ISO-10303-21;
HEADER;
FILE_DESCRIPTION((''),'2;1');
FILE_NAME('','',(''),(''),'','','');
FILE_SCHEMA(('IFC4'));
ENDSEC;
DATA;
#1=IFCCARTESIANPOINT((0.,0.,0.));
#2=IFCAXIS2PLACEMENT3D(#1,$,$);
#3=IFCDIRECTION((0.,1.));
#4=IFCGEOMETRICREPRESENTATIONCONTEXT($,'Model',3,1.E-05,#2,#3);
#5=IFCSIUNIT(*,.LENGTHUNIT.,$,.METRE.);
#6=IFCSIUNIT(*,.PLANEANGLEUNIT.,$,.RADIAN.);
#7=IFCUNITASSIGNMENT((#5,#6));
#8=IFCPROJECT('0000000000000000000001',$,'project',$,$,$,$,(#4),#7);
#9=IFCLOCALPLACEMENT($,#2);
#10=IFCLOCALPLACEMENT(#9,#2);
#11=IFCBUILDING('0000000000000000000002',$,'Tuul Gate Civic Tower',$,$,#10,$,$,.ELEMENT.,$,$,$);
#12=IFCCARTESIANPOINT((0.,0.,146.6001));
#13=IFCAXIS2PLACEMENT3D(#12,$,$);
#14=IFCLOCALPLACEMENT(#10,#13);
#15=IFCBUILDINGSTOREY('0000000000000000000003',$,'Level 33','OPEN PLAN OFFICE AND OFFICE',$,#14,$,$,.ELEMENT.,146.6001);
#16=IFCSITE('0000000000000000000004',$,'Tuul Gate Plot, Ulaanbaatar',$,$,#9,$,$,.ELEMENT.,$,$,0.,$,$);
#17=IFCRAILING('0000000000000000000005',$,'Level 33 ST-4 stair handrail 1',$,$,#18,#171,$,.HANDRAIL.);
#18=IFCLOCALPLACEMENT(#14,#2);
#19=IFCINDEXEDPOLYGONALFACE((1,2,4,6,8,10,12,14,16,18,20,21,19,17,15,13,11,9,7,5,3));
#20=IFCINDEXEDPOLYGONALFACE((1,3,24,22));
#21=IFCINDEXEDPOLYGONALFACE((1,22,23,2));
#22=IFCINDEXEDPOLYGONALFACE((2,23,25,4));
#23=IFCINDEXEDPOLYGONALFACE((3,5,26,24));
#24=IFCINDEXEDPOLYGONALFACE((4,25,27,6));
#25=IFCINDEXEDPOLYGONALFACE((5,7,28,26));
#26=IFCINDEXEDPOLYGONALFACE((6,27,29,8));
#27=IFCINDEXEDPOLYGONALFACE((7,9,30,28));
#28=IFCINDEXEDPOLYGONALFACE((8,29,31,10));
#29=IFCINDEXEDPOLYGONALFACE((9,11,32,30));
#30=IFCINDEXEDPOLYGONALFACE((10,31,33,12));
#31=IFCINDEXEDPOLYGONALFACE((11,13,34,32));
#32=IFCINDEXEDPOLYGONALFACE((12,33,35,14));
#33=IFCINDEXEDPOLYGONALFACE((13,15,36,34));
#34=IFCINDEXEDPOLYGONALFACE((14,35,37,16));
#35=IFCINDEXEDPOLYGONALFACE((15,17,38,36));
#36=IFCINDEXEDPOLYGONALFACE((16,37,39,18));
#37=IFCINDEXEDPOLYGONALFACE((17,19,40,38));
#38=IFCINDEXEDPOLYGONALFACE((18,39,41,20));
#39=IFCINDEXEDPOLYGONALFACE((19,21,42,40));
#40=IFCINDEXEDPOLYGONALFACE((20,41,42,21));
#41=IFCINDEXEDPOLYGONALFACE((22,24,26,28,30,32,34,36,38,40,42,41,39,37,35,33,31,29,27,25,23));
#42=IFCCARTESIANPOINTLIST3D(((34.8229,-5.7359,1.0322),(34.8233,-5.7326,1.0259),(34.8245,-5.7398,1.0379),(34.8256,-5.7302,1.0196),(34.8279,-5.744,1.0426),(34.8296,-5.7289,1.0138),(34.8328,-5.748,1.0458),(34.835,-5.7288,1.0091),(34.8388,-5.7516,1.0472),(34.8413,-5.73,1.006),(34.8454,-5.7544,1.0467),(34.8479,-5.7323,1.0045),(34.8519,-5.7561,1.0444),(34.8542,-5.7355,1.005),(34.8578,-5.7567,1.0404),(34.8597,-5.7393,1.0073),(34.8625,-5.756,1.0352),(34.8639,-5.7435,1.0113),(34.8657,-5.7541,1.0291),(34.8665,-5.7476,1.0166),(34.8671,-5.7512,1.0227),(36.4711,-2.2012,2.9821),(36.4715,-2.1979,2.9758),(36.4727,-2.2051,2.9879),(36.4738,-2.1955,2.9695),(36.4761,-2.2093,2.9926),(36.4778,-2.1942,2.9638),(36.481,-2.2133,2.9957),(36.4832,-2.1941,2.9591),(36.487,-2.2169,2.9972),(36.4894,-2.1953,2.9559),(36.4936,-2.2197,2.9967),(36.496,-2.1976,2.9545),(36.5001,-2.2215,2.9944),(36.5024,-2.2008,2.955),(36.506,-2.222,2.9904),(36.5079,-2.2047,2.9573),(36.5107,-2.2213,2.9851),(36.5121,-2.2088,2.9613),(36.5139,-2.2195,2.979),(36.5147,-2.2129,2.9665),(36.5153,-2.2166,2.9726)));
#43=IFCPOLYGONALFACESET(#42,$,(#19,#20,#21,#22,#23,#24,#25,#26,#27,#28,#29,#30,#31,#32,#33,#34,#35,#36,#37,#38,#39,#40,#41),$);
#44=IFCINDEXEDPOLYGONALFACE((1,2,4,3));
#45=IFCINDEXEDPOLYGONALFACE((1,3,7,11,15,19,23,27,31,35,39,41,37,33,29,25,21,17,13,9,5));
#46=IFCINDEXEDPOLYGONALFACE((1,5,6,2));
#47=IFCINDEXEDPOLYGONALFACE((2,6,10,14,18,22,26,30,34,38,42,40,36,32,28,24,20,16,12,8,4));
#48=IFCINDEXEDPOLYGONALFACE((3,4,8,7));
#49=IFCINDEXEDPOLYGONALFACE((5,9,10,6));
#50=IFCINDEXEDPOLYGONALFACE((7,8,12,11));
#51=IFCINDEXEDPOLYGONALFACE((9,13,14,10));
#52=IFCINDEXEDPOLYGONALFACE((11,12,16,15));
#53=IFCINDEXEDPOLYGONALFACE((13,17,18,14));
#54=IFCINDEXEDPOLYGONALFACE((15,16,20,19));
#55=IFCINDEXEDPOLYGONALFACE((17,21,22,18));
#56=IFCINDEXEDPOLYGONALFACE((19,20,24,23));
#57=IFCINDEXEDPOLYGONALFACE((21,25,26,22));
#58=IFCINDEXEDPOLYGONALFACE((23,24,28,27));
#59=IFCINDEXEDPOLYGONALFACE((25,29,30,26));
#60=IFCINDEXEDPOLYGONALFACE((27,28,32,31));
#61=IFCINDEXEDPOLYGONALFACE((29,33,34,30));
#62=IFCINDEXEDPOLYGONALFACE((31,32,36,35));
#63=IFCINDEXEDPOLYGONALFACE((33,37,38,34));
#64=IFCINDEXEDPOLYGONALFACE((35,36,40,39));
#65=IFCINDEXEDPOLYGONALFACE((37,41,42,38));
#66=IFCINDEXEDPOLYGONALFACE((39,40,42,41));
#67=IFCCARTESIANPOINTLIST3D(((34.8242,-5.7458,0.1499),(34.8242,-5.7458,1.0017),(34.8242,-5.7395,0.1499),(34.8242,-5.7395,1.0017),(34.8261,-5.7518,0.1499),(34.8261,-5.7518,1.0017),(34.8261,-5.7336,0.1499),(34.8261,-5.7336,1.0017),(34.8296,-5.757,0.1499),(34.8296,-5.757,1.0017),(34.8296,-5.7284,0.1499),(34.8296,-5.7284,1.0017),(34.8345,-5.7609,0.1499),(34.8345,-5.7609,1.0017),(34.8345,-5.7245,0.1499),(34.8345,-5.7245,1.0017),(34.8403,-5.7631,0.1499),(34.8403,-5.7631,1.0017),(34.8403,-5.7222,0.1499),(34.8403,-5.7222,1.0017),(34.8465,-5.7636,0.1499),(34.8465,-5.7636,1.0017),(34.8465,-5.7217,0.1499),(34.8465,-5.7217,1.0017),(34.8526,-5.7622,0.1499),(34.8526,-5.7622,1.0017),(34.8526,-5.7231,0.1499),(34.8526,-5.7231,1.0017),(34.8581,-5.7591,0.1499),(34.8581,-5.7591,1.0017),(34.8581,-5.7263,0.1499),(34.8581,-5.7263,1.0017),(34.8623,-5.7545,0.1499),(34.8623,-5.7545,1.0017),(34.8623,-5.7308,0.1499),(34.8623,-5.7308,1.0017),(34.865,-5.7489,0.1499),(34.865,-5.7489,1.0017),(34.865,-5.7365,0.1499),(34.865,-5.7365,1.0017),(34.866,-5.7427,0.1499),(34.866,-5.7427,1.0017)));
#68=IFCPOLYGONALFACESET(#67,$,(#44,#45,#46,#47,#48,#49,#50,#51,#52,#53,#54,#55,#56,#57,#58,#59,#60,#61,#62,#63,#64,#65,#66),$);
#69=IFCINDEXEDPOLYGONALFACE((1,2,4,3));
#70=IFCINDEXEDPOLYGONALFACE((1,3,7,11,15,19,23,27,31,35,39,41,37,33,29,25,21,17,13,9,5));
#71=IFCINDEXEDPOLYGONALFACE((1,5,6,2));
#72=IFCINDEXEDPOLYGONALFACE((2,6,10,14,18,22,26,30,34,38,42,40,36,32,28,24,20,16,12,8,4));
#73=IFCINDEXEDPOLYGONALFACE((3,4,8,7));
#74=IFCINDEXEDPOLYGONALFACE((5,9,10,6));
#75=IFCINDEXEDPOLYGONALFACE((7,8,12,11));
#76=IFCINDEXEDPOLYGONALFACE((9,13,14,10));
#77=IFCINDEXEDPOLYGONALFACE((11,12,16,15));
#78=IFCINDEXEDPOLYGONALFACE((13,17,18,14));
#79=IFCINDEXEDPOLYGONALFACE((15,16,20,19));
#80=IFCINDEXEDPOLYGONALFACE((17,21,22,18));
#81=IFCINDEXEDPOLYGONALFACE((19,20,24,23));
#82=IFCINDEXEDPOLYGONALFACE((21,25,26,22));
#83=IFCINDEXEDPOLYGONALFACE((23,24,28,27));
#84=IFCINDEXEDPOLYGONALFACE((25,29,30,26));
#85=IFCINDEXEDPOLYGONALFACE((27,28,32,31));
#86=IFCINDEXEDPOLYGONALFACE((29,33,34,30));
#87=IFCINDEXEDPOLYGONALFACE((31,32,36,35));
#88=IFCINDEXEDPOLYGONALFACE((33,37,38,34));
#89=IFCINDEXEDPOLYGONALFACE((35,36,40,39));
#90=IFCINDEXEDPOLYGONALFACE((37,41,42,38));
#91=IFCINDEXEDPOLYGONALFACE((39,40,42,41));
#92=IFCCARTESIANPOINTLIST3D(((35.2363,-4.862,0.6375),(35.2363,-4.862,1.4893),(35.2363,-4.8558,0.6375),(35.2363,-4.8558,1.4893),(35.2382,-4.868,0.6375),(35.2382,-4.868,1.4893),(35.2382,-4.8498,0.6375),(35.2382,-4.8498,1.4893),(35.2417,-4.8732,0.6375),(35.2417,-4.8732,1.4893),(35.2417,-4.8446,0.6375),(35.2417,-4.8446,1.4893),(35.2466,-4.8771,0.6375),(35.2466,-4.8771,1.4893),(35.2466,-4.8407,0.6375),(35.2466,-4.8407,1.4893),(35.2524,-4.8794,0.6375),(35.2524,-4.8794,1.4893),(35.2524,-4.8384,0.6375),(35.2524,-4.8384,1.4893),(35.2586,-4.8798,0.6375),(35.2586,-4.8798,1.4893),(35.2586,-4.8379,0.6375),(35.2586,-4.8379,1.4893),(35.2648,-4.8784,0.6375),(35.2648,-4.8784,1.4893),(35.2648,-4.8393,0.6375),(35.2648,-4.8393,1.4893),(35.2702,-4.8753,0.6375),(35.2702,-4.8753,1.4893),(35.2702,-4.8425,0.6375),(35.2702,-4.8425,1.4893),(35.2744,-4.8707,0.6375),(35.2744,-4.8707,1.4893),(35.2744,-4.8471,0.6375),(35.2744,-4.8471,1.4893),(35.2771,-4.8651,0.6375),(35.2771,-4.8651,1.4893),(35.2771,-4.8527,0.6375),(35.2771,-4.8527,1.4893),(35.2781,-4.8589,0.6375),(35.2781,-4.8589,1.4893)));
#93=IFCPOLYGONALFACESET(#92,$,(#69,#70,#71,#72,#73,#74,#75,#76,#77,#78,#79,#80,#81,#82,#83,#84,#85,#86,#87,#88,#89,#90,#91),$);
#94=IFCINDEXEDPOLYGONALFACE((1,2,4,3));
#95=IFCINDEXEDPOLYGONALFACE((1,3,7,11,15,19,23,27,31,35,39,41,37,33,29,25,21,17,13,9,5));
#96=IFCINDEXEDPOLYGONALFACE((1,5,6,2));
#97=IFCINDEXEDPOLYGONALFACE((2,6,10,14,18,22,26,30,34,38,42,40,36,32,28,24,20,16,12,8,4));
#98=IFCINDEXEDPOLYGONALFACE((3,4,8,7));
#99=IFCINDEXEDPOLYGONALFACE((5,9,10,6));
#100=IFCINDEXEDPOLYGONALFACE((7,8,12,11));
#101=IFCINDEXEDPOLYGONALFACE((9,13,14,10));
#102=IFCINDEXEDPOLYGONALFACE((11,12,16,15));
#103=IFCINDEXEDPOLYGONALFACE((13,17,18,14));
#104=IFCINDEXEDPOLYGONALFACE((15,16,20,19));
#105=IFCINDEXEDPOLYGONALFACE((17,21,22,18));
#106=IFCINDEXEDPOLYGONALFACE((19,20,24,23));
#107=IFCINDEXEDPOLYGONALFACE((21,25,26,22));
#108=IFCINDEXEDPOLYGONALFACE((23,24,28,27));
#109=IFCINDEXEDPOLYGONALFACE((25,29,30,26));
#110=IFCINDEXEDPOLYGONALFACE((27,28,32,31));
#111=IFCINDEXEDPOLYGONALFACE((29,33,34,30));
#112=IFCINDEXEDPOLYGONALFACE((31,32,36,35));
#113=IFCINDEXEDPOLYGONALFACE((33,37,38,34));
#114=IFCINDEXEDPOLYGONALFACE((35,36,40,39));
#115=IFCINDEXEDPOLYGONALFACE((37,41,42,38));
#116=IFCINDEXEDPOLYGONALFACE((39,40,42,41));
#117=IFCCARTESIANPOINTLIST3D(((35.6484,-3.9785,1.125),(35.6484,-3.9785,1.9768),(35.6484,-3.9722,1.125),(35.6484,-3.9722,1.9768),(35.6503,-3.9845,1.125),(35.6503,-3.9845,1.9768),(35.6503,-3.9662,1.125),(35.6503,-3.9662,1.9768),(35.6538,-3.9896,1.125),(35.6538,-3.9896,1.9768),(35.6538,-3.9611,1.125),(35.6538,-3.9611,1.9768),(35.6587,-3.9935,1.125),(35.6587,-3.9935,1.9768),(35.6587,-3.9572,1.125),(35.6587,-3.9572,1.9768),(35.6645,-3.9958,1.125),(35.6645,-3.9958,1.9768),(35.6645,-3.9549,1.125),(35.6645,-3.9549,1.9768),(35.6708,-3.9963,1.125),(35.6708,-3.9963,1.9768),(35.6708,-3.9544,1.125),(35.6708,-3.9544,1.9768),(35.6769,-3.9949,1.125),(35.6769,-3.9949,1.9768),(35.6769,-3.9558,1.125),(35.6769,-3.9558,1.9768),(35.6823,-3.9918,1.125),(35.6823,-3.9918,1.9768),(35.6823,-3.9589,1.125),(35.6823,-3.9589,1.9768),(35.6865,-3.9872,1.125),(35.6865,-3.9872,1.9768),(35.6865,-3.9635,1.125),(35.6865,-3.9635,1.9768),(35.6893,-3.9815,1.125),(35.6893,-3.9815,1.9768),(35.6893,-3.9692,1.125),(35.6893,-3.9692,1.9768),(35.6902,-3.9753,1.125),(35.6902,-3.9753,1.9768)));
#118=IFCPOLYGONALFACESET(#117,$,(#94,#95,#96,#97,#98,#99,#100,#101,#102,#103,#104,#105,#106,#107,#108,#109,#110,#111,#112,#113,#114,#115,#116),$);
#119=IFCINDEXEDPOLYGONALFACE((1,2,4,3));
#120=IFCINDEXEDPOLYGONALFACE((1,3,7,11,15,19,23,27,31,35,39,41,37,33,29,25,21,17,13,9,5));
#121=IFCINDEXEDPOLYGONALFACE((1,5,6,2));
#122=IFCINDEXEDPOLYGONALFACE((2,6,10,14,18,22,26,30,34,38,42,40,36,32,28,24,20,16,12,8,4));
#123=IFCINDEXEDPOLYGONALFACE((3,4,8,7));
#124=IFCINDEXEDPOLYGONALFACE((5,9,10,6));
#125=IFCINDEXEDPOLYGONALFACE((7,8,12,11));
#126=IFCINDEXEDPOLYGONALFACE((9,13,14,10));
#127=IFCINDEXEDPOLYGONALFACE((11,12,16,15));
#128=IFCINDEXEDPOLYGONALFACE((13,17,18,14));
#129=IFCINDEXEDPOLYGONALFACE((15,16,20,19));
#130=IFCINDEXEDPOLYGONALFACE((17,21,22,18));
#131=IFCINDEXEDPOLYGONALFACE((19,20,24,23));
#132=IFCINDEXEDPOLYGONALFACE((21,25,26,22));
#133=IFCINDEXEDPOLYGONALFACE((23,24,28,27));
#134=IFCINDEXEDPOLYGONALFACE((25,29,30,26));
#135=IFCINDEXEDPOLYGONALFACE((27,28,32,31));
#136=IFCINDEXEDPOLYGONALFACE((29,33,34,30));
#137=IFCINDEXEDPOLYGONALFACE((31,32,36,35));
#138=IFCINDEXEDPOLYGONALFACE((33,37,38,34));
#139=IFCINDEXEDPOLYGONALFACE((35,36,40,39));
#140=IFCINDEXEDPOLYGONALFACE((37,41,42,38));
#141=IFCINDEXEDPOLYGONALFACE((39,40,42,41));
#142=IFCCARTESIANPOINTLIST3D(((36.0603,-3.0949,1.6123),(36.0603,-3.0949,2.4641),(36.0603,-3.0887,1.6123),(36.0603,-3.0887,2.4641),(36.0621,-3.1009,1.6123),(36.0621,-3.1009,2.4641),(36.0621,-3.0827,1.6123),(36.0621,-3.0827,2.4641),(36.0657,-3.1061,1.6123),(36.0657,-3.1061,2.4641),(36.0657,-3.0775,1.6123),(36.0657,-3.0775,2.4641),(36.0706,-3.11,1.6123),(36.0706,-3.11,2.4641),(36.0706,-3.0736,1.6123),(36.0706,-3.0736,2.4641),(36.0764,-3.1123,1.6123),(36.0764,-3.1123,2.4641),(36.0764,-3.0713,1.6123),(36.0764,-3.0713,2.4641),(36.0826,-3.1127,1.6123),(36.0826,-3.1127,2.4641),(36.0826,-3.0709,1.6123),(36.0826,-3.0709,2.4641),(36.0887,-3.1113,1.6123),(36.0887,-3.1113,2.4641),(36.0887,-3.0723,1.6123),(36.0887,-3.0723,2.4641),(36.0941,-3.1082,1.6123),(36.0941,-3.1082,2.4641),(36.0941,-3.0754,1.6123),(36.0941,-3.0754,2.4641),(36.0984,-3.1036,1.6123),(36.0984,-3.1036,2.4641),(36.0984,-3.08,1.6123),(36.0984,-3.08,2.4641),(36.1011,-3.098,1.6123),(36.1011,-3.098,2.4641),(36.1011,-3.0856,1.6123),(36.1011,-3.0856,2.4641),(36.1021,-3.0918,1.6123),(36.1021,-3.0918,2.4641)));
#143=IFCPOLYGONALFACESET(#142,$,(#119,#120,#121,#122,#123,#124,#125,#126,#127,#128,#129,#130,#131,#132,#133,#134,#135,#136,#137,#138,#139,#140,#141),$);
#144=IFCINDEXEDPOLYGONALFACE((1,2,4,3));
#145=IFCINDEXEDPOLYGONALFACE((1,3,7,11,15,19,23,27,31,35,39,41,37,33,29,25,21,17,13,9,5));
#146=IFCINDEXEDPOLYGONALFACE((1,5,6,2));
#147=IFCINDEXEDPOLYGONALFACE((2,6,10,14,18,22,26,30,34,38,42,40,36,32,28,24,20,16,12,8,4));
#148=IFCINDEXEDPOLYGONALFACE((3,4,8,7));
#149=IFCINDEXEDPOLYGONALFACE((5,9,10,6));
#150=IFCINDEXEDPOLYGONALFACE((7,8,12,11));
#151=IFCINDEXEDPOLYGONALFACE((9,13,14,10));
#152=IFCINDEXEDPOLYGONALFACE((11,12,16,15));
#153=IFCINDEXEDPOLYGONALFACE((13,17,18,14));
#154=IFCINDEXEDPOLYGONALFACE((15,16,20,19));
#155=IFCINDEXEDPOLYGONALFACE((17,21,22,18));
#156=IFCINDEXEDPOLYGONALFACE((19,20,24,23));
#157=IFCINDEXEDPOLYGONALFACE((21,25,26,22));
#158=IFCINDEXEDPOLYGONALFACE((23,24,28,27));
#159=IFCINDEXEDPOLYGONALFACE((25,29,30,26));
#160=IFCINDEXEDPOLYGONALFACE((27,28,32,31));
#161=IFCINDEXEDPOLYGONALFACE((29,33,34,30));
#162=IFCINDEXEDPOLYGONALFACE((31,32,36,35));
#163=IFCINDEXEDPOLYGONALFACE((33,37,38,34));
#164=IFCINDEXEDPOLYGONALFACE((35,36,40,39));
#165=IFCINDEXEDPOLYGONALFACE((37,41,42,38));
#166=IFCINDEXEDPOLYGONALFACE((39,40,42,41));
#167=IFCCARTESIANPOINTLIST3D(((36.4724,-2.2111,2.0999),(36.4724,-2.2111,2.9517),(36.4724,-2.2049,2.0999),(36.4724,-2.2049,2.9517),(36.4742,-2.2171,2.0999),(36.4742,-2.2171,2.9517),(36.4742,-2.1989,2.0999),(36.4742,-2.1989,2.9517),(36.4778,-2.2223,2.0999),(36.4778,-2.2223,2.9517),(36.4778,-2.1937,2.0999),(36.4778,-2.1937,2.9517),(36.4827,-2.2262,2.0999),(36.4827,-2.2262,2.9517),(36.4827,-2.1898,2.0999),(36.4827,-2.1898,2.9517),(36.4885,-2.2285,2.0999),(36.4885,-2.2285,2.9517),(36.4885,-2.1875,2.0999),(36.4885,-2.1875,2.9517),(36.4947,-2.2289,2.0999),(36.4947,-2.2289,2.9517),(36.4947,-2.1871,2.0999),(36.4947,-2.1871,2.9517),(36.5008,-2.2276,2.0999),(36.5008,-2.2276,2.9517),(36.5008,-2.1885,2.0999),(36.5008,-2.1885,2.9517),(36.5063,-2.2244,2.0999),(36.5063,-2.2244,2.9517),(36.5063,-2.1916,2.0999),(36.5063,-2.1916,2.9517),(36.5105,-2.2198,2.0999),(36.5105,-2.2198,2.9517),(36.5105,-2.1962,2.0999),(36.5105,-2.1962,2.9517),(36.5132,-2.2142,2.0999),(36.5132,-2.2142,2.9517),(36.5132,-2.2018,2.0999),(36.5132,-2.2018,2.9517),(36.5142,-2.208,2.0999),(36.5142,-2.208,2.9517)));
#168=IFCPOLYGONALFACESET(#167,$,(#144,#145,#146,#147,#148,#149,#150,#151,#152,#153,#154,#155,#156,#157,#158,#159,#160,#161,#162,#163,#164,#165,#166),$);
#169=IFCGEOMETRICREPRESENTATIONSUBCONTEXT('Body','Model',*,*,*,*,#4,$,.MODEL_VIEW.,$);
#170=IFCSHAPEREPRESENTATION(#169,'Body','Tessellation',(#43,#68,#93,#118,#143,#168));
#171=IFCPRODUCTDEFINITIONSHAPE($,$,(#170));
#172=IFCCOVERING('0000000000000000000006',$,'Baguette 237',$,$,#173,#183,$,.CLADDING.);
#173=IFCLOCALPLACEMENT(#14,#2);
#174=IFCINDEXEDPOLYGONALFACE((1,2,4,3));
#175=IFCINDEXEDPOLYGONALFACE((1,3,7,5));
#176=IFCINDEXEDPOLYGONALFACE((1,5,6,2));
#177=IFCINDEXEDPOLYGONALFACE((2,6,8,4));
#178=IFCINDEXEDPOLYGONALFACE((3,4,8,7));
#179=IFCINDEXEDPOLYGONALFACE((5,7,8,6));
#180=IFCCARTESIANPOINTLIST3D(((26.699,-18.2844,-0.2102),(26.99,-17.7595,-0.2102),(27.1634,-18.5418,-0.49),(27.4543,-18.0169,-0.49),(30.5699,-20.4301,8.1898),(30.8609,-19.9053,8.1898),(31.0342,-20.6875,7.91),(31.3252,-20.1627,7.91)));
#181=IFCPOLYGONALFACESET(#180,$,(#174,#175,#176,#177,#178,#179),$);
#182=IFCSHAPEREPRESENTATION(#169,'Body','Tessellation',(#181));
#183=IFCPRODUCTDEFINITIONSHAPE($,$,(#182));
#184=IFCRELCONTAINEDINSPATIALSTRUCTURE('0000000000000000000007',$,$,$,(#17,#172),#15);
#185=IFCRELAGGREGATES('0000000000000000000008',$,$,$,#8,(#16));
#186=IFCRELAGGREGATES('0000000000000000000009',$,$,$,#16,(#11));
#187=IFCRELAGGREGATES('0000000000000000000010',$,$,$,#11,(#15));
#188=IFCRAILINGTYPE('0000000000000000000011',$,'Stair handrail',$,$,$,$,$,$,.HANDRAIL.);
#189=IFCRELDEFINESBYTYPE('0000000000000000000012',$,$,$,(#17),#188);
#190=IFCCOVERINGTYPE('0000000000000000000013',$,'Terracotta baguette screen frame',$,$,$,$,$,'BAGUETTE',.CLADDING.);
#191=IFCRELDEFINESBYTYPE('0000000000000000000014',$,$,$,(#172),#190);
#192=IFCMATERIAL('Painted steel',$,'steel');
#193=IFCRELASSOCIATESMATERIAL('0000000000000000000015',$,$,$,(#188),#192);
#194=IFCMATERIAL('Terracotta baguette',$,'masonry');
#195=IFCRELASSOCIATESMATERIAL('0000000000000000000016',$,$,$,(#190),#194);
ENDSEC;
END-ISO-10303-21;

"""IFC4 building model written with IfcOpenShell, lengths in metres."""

from ifc_helpers import new_model, si_unit, direction, frame, origin, origin_2d, place, context, subcontext, project, spatial, rectangle, circle, extrude, material, material_profile, profile_set, type_object, element, save


model = new_model("IFC4")

# Units and contexts
model_context = context("Model", 3, precision=1e-05, world=origin(), true_north=direction((0.0, 1.0)))
body_context = subcontext(model_context, "Body", "Model", "MODEL_VIEW")
ifc_project = project(units=[si_unit("LENGTHUNIT", "METRE"), si_unit("PLANEANGLEUNIT", "RADIAN")], contexts=[model_context])

# Site, building, storey
site_placement = place(None, origin())
site = spatial("IfcSite", under=ifc_project, at=site_placement, Name="Tuul Gate Plot, Ulaanbaatar", CompositionType="ELEMENT", RefElevation=0.0)
building_placement = place(site_placement, origin())
building = spatial("IfcBuilding", under=site, at=building_placement, Name="Tuul Gate Civic Tower", CompositionType="ELEMENT")
storey_placement = place(building_placement, frame((0.0, 0.0, 146.6001)))
storey = spatial("IfcBuildingStorey", under=building, at=storey_placement, Name="Level 33", Description="OPEN PLAN OFFICE AND OFFICE", CompositionType="ELEMENT", Elevation=146.6001)

# Railing
ifc_material_1 = material(Name="Painted steel", Category="steel")
railing_type = type_object("IfcRailingType", Name="Stair handrail", PredefinedType="HANDRAIL", material=ifc_material_1)
railing_placement = place(storey_placement, frame((34.845, -5.7427, 0.1499)))
element("IfcRailing", 1, at=railing_placement, inside=storey, type_object=railing_type, Name="Level 33 ST-4 stair handrail 1", PredefinedType="HANDRAIL", context=body_context, shape_type="SweptSolid", body=[
    extrude(circle(Radius=0.0239, at=origin_2d()), frame((0.0, 0.0, 0.876), z_axis=(0.377995, 0.810637, 0.4472), x_axis=(-0.906313, 0.422608, 0.0)), (0.0, 0.0, 1.0), 4.3604),
    extrude(circle(Radius=0.021, at=origin_2d()), origin(), (0.0, 0.0, 1.0), 0.8518),
    extrude(circle(Radius=0.021, at=origin_2d()), frame((0.4121, 0.8838, 0.4875)), (0.0, 0.0, 1.0), 0.8518),
    extrude(circle(Radius=0.021, at=origin_2d()), frame((0.8242, 1.7673, 0.9751)), (0.0, 0.0, 1.0), 0.8518),
    extrude(circle(Radius=0.021, at=origin_2d()), frame((1.2361, 2.6509, 1.4624)), (0.0, 0.0, 1.0), 0.8518),
    extrude(circle(Radius=0.021, at=origin_2d()), frame((1.6482, 3.5347, 1.95)), (0.0, 0.0, 1.0), 0.8518),
])

# Covering
ifc_material_2 = material(Name="Terracotta baguette", Category="masonry")
ifc_material_profile_1 = material_profile(ifc_material_2, rectangle(XDim=0.6001, YDim=0.6001, at=origin_2d()), Name="Terracotta baguette screen frame")
ifc_profile_set_1 = profile_set([ifc_material_profile_1], Name="Terracotta baguette")
covering_type = type_object("IfcCoveringType", Name="Terracotta baguette screen frame", ElementType="BAGUETTE", PredefinedType="CLADDING", material=ifc_profile_set_1)
covering_placement = place(storey_placement, frame((27.0767, -18.1506, -0.3501), z_axis=(0.407693, -0.225999, 0.88471), x_axis=(0.484828, 0.87461, 0.0)))
element("IfcCovering", 2, at=covering_placement, inside=storey, type_object=covering_type, Name="Baguette 237", PredefinedType="CLADDING", context=body_context, shape_type="SweptSolid", body=[
    extrude(rectangle(XDim=0.6001, YDim=0.6001, at=origin_2d()), origin(), (0.0, 0.0, 1.0), 9.4946),
])

save(model, "model.ifc")
